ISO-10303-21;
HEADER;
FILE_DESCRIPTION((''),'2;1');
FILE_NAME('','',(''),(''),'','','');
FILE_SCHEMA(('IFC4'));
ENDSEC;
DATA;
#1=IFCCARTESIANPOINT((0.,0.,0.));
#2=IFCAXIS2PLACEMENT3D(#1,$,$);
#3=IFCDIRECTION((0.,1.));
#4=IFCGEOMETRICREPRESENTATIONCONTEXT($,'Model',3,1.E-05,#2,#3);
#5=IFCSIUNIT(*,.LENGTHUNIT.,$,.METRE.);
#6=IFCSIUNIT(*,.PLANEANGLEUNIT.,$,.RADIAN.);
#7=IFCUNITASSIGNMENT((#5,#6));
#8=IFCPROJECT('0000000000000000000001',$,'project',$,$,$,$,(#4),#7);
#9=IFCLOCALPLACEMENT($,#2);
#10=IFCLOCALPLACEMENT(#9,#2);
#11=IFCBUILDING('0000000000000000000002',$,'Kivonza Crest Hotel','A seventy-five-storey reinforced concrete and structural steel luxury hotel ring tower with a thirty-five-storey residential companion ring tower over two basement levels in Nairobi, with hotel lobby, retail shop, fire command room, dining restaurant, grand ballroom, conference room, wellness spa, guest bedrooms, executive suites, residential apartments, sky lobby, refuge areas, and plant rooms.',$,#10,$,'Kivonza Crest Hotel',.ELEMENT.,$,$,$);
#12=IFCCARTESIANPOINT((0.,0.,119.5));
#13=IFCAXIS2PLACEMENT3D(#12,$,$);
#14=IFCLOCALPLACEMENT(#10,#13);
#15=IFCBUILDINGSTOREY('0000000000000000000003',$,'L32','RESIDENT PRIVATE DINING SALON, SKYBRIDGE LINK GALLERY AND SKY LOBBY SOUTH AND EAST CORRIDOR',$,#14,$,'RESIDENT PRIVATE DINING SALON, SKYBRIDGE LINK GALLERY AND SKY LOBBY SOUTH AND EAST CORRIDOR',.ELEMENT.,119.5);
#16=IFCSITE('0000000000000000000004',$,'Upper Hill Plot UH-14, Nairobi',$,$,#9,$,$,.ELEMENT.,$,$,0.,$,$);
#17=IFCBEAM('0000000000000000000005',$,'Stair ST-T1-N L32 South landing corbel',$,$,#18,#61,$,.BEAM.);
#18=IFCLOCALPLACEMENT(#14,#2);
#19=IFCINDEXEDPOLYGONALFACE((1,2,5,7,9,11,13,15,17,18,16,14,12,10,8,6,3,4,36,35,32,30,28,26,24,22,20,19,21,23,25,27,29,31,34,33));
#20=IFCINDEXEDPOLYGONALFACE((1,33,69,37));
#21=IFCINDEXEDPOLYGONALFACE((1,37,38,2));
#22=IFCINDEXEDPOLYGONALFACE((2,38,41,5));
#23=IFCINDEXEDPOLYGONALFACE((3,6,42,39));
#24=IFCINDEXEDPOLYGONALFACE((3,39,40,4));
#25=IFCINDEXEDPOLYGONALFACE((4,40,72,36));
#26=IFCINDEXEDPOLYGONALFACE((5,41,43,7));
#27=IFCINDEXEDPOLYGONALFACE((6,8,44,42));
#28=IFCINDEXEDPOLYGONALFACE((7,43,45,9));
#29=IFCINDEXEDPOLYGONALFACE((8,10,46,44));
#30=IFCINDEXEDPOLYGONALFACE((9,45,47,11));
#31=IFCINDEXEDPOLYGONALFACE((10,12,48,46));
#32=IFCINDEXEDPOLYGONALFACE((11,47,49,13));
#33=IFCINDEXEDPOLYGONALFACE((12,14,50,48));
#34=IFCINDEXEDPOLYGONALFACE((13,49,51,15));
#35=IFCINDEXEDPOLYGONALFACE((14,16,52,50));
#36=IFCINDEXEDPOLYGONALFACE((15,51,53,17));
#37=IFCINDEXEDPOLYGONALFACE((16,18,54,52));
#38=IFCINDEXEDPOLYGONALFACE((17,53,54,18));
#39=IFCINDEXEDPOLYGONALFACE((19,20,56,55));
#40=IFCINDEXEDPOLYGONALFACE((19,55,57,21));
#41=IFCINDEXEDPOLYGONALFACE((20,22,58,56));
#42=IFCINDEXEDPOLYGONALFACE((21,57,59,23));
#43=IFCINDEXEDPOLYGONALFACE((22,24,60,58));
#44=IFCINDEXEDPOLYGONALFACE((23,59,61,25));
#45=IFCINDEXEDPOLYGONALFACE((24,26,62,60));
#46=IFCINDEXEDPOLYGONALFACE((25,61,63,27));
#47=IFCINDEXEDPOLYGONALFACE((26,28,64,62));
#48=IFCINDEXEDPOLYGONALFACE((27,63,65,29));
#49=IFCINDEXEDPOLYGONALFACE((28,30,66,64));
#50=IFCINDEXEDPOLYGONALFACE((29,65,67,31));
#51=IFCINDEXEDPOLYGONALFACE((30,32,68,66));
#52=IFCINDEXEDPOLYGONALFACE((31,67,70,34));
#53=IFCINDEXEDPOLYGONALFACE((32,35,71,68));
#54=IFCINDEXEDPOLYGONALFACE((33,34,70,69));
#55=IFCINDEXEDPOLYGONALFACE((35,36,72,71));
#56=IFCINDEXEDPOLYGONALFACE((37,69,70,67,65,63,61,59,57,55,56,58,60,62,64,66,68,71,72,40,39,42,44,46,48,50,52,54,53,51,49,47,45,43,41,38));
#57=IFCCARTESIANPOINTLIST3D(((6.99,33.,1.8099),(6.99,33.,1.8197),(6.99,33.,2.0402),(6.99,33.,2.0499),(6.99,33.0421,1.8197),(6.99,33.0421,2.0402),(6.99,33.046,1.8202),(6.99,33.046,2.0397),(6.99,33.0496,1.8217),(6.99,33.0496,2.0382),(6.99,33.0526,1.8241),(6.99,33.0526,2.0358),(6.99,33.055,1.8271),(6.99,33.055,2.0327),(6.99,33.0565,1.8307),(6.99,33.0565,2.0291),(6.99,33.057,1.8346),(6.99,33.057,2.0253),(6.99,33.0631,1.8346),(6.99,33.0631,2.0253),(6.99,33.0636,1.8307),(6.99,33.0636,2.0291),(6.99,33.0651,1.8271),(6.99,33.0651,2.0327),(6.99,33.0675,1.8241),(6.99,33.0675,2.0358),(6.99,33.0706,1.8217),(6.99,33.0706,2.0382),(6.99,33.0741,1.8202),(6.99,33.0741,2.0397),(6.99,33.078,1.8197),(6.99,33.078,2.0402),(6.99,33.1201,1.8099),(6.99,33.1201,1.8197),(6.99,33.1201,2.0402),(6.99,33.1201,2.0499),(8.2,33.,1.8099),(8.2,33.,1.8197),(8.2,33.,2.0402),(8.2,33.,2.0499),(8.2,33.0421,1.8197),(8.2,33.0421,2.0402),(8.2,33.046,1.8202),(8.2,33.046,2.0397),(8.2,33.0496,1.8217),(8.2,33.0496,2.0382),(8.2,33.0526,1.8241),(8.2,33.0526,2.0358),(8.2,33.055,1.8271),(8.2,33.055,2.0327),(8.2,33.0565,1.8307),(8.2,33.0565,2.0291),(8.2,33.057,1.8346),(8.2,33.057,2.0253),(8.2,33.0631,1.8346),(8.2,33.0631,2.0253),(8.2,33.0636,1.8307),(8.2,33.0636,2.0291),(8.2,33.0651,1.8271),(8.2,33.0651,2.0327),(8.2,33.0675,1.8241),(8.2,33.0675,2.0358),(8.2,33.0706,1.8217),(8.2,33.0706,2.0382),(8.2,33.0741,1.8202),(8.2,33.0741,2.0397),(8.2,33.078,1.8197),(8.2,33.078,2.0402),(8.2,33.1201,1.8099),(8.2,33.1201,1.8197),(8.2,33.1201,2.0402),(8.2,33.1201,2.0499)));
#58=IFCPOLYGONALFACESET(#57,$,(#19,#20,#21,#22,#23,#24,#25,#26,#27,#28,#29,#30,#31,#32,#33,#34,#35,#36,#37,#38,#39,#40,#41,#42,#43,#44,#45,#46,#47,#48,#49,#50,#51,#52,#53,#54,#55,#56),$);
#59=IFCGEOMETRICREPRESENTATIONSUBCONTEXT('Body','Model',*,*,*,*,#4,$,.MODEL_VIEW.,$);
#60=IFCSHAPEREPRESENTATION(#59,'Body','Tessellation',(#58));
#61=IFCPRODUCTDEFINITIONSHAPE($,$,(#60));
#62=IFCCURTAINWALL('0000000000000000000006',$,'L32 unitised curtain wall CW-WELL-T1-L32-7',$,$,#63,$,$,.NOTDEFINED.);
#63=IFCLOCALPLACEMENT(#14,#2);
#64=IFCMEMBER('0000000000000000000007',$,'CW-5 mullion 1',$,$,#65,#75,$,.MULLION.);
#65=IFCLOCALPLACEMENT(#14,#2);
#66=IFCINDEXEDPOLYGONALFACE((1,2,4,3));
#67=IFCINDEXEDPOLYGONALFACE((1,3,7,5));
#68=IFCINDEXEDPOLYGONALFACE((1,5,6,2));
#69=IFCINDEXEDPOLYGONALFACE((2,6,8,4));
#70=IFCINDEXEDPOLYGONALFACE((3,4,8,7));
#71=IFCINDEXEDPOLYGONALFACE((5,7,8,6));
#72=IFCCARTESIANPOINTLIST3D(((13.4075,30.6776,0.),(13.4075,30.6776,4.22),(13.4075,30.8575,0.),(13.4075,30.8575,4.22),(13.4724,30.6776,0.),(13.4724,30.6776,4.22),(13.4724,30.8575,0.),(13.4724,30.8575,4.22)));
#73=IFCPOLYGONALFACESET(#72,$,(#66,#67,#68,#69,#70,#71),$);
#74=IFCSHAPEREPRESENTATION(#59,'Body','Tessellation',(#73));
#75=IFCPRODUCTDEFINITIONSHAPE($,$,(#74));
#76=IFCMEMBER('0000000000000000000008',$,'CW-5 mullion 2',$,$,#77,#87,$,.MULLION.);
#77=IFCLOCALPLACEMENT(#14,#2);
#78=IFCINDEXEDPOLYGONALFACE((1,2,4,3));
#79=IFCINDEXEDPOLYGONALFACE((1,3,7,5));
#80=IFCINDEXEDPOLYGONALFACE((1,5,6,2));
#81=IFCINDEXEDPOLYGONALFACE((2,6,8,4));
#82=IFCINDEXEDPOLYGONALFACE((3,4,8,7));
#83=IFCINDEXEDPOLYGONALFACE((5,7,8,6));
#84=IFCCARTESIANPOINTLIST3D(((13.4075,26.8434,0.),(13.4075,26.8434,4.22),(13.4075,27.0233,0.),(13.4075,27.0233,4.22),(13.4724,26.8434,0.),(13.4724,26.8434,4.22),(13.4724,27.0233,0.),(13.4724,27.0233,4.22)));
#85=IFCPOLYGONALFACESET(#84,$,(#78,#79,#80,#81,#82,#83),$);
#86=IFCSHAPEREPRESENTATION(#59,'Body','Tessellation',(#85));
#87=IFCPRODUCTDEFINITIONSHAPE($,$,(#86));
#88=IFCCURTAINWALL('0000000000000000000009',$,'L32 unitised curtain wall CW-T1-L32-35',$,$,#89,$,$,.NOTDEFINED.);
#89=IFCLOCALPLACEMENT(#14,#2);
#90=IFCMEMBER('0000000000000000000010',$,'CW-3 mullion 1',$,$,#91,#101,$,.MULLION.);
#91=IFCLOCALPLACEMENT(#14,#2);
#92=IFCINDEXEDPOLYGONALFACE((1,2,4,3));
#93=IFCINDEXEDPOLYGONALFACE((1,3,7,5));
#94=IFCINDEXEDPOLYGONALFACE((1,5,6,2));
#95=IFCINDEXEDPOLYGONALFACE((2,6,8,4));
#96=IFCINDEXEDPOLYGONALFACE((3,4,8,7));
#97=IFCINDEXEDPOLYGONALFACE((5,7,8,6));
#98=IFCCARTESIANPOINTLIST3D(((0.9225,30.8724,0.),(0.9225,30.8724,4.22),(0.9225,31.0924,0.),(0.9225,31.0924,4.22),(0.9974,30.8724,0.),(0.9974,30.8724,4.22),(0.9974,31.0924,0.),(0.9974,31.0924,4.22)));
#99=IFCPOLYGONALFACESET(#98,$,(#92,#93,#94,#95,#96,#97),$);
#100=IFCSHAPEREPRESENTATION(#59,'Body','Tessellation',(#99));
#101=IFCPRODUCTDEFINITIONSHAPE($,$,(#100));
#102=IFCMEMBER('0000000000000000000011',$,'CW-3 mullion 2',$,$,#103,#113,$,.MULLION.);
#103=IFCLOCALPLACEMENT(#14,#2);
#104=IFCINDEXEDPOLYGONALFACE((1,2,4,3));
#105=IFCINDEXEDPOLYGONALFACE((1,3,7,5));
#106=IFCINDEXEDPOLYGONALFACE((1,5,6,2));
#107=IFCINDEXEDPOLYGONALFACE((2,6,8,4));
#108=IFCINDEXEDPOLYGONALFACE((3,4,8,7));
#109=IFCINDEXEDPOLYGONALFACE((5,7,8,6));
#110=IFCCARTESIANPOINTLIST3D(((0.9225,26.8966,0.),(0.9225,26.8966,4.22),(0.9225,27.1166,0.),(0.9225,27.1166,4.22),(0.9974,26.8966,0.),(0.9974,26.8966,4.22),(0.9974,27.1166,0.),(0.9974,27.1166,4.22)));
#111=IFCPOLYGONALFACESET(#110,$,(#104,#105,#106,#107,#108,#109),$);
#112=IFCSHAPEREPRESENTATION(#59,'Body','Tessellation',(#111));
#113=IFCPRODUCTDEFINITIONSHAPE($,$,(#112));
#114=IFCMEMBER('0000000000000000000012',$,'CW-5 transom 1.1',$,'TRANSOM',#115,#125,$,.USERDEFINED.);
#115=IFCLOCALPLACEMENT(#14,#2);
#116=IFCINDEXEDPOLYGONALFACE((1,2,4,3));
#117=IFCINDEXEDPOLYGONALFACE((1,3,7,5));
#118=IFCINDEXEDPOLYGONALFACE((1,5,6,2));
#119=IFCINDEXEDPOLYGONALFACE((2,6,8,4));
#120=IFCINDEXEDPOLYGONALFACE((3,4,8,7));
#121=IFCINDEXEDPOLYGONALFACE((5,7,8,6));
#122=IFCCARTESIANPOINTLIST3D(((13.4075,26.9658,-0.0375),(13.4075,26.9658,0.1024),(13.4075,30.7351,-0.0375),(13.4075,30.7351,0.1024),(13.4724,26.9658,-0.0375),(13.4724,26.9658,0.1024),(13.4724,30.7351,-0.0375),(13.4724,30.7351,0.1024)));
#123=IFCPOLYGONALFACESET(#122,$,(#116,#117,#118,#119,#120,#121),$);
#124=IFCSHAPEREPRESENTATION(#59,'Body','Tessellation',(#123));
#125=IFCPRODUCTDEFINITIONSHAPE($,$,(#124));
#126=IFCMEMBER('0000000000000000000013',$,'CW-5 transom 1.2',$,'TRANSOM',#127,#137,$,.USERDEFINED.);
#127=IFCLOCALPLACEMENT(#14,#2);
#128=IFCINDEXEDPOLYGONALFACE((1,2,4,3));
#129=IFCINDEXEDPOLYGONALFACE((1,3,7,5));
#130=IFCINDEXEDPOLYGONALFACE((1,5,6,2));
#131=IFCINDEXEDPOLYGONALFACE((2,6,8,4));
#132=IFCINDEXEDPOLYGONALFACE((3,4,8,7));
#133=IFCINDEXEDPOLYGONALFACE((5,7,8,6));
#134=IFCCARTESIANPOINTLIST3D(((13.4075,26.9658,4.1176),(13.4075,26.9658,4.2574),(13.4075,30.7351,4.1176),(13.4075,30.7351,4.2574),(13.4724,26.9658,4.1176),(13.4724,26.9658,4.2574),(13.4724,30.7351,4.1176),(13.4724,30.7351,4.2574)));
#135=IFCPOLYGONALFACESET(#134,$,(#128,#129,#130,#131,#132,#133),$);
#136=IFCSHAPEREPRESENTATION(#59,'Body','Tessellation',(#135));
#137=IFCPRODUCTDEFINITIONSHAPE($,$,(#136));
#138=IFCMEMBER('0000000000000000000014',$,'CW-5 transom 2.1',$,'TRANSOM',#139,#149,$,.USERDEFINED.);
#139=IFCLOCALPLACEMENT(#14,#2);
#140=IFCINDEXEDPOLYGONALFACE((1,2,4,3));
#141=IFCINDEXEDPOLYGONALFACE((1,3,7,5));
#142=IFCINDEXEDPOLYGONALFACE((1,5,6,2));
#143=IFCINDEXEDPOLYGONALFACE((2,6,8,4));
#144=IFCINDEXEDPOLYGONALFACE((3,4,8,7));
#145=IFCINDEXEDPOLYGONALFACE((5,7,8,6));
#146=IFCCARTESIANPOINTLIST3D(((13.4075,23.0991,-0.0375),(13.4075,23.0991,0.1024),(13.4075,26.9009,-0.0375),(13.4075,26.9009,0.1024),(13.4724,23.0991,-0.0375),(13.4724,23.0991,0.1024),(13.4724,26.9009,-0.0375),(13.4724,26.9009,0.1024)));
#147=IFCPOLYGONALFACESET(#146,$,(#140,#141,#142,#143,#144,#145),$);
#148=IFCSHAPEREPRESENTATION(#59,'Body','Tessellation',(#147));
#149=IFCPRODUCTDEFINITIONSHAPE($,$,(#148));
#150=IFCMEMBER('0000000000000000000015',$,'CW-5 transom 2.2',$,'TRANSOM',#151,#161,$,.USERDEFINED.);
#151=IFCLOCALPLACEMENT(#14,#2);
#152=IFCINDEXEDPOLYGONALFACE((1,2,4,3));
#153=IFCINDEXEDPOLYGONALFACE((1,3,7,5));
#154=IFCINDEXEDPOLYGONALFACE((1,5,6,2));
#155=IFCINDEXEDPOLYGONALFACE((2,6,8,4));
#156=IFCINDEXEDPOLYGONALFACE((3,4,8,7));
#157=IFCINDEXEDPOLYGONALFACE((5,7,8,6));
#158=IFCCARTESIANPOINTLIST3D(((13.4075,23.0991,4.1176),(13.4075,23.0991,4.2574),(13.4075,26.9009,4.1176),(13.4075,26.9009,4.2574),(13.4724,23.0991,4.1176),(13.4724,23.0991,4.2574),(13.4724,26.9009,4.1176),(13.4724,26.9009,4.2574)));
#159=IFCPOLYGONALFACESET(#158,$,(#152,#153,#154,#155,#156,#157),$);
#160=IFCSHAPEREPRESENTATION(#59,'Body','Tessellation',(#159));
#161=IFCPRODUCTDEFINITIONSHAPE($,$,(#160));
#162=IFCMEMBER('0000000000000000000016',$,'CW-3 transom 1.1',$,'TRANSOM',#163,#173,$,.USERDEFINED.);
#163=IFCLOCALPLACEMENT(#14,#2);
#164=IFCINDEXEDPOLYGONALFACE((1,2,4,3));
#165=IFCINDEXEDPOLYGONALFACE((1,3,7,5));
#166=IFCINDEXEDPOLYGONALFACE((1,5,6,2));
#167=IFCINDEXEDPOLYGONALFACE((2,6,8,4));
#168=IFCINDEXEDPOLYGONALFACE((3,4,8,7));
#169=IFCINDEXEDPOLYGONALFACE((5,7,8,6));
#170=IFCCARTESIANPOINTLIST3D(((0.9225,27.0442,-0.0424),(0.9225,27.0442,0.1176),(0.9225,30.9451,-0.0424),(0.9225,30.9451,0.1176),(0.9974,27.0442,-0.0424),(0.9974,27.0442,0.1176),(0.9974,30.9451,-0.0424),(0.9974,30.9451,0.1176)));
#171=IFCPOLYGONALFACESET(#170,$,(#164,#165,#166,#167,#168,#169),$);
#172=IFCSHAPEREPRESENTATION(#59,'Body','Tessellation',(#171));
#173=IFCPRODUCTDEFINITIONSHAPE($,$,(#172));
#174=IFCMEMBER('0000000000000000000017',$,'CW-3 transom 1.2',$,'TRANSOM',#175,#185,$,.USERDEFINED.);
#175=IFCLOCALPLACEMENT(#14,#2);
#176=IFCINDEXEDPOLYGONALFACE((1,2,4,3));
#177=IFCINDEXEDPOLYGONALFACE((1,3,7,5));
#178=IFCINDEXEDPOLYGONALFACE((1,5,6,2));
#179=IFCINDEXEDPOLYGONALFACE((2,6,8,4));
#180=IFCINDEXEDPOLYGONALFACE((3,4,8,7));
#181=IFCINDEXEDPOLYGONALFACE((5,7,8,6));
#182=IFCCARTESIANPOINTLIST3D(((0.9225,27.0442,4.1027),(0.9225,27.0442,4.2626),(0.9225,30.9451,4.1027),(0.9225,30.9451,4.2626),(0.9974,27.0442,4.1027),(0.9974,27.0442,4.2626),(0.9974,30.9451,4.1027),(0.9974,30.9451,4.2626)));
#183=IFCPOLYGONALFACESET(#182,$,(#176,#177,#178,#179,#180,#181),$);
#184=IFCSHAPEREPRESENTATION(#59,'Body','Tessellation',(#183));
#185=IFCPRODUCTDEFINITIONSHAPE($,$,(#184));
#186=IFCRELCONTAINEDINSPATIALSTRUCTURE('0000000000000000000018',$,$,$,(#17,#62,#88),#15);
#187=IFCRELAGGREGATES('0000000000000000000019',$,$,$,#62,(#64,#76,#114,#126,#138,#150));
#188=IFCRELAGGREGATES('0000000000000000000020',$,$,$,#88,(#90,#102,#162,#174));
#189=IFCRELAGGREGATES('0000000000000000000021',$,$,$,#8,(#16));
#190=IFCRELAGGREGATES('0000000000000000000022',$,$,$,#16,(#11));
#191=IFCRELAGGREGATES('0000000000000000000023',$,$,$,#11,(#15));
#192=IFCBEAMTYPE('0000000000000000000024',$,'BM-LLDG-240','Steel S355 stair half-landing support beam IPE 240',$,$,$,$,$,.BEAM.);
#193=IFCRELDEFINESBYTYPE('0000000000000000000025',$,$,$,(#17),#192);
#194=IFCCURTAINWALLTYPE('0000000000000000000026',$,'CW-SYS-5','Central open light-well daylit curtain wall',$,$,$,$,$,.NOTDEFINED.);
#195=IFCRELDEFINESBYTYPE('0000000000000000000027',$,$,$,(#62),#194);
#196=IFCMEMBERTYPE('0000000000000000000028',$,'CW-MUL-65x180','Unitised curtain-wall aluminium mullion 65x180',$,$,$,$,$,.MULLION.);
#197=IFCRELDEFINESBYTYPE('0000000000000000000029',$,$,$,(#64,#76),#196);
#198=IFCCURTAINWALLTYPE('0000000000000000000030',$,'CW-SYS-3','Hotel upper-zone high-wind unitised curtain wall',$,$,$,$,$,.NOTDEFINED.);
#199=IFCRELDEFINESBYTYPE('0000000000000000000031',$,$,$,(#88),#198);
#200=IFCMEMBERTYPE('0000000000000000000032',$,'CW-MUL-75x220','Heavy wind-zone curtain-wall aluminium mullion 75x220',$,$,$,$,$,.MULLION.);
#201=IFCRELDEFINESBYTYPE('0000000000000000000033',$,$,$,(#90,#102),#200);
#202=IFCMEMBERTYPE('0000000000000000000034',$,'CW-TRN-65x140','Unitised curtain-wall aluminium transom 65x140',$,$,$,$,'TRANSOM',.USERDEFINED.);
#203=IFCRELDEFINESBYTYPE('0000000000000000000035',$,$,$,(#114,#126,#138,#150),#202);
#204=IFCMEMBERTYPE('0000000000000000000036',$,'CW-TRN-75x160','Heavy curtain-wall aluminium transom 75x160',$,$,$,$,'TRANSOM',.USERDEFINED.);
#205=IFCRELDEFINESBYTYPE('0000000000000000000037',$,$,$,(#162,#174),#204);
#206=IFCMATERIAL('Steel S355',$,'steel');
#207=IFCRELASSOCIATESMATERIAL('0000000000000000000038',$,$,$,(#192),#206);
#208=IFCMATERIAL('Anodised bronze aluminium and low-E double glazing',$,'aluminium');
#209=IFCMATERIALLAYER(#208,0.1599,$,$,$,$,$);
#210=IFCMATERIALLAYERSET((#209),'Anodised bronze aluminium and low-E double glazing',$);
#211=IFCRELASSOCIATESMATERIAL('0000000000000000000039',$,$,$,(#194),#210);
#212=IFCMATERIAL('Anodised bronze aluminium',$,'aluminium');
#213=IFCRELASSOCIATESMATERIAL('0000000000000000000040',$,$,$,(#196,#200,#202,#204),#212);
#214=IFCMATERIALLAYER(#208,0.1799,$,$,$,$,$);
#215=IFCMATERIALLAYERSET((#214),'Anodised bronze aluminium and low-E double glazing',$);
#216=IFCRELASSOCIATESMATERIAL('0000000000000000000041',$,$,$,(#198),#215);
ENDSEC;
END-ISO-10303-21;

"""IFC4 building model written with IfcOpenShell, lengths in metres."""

from ifc_helpers import new_model, si_unit, direction, frame, origin, origin_2d, place, context, subcontext, project, spatial, rectangle, i_section, extrude, material, layer, layer_set, material_profile, profile_set, type_object, element, aggregate, save


model = new_model("IFC4")

# Units and contexts
model_context = context("Model", 3, precision=1e-05, world=origin(), true_north=direction((0.0, 1.0)))
body_context = subcontext(model_context, "Body", "Model", "MODEL_VIEW")
ifc_project = project(units=[si_unit("LENGTHUNIT", "METRE"), si_unit("PLANEANGLEUNIT", "RADIAN")], contexts=[model_context])

# Site, building, storey
site_placement = place(None, origin())
site = spatial("IfcSite", under=ifc_project, at=site_placement, Name="Upper Hill Plot UH-14, Nairobi", CompositionType="ELEMENT", RefElevation=0.0)
building_placement = place(site_placement, origin())
building = spatial("IfcBuilding", under=site, at=building_placement, Name="Kivonza Crest Hotel", Description="A seventy-five-storey reinforced concrete and structural steel luxury hotel ring tower with a thirty-five-storey residential companion ring tower over two basement levels in Nairobi, with hotel lobby, retail shop, fire command room, dining restaurant, grand ballroom, conference room, wellness spa, guest bedrooms, executive suites, residential apartments, sky lobby, refuge areas, and plant rooms.", LongName="Kivonza Crest Hotel", CompositionType="ELEMENT")
storey_placement = place(building_placement, frame((0.0, 0.0, 119.5)))
storey = spatial("IfcBuildingStorey", under=building, at=storey_placement, Name="L32", Description="RESIDENT PRIVATE DINING SALON, SKYBRIDGE LINK GALLERY AND SKY LOBBY SOUTH AND EAST CORRIDOR", LongName="RESIDENT PRIVATE DINING SALON, SKYBRIDGE LINK GALLERY AND SKY LOBBY SOUTH AND EAST CORRIDOR", CompositionType="ELEMENT", Elevation=119.5)

# Beam
ifc_material_1 = material(Name="Steel S355", Category="steel")
ifc_material_profile_1 = material_profile(ifc_material_1, i_section(OverallWidth=0.1201, OverallDepth=0.24, WebThickness=0.0061, FlangeThickness=0.0098, FilletRadius=0.0149, at=origin_2d()), Name="IPE 240")
ifc_profile_set_1 = profile_set([ifc_material_profile_1], Name="Steel S355")
beam_type_1 = type_object("IfcBeamType", Name="BM-LLDG-240", Description="Steel S355 stair half-landing support beam IPE 240", PredefinedType="BEAM", material=ifc_profile_set_1)
beam_1_placement = place(storey_placement, frame((6.99, 33.0601, 1.9299), z_axis=(1.0, 0.0, 0.0), x_axis=(0.0, 1.0, 0.0)))
element("IfcBeam", 1, at=beam_1_placement, inside=storey, type_object=beam_type_1, Name="Stair ST-T1-N L32 South landing corbel", PredefinedType="BEAM", context=body_context, shape_type="SweptSolid", body=[
    extrude(i_section(OverallWidth=0.1201, OverallDepth=0.24, WebThickness=0.0061, FlangeThickness=0.0098, FilletRadius=0.0149, at=origin_2d()), origin(), (0.0, 0.0, 1.0), 1.21),
])

# Curtain walls, members
ifc_material_2 = material(Name="Anodised bronze aluminium and low-E double glazing", Category="aluminium")
ifc_layer_1 = layer(ifc_material_2, 0.1599)
ifc_layer_set_1 = layer_set([ifc_layer_1], Name="Anodised bronze aluminium and low-E double glazing")
curtain_wall_type_1 = type_object("IfcCurtainWallType", Name="CW-SYS-5", Description="Central open light-well daylit curtain wall", PredefinedType="NOTDEFINED", material=ifc_layer_set_1)
curtain_wall_1_placement = place(storey_placement, origin())
curtain_wall_1 = element("IfcCurtainWall", 2, at=curtain_wall_1_placement, inside=storey, type_object=curtain_wall_type_1, Name="L32 unitised curtain wall CW-WELL-T1-L32-7", PredefinedType="NOTDEFINED")
ifc_material_3 = material(Name="Anodised bronze aluminium", Category="aluminium")
ifc_material_profile_2 = material_profile(ifc_material_3, rectangle(XDim=0.0649, YDim=0.1799, at=origin_2d()), Name="CW-M 65x180")
ifc_profile_set_2 = profile_set([ifc_material_profile_2], Name="Anodised bronze aluminium")
member_type_1 = type_object("IfcMemberType", Name="CW-MUL-65x180", Description="Unitised curtain-wall aluminium mullion 65x180", PredefinedType="MULLION", material=ifc_profile_set_2)
member_1_placement = place(storey_placement, frame((13.4399, 30.7676, 0.0), z_axis=(0.0, 0.0, 1.0), x_axis=(1.0, 0.0, 0.0)))
member_1 = element("IfcMember", 3, at=member_1_placement, type_object=member_type_1, Name="CW-5 mullion 1", PredefinedType="MULLION", context=body_context, shape_type="SweptSolid", body=[
    extrude(rectangle(XDim=0.0649, YDim=0.1799, at=origin_2d()), origin(), (0.0, 0.0, 1.0), 4.22),
])
member_2_placement = place(storey_placement, frame((13.4399, 26.9333, 0.0), z_axis=(0.0, 0.0, 1.0), x_axis=(1.0, 0.0, 0.0)))
member_2 = element("IfcMember", 4, at=member_2_placement, type_object=member_type_1, Name="CW-5 mullion 2", PredefinedType="MULLION", context=body_context, shape_type="SweptSolid", body=[
    extrude(rectangle(XDim=0.0649, YDim=0.1799, at=origin_2d()), origin(), (0.0, 0.0, 1.0), 4.22),
])
ifc_layer_2 = layer(ifc_material_2, 0.1799)
ifc_layer_set_2 = layer_set([ifc_layer_2], Name="Anodised bronze aluminium and low-E double glazing")
curtain_wall_type_2 = type_object("IfcCurtainWallType", Name="CW-SYS-3", Description="Hotel upper-zone high-wind unitised curtain wall", PredefinedType="NOTDEFINED", material=ifc_layer_set_2)
curtain_wall_2_placement = place(storey_placement, origin())
curtain_wall_2 = element("IfcCurtainWall", 5, at=curtain_wall_2_placement, inside=storey, type_object=curtain_wall_type_2, Name="L32 unitised curtain wall CW-T1-L32-35", PredefinedType="NOTDEFINED")
ifc_material_profile_3 = material_profile(ifc_material_3, rectangle(XDim=0.075, YDim=0.22, at=origin_2d()), Name="CW-M 75x220")
ifc_profile_set_3 = profile_set([ifc_material_profile_3], Name="Anodised bronze aluminium")
member_type_2 = type_object("IfcMemberType", Name="CW-MUL-75x220", Description="Heavy wind-zone curtain-wall aluminium mullion 75x220", PredefinedType="MULLION", material=ifc_profile_set_3)
member_3_placement = place(storey_placement, frame((0.96, 30.9824, 0.0), z_axis=(0.0, 0.0, 1.0), x_axis=(1.0, 0.0, 0.0)))
member_3 = element("IfcMember", 6, at=member_3_placement, type_object=member_type_2, Name="CW-3 mullion 1", PredefinedType="MULLION", context=body_context, shape_type="SweptSolid", body=[
    extrude(rectangle(XDim=0.075, YDim=0.22, at=origin_2d()), origin(), (0.0, 0.0, 1.0), 4.22),
])
member_4_placement = place(storey_placement, frame((0.96, 27.0066, 0.0), z_axis=(0.0, 0.0, 1.0), x_axis=(1.0, 0.0, 0.0)))
member_4 = element("IfcMember", 7, at=member_4_placement, type_object=member_type_2, Name="CW-3 mullion 2", PredefinedType="MULLION", context=body_context, shape_type="SweptSolid", body=[
    extrude(rectangle(XDim=0.075, YDim=0.22, at=origin_2d()), origin(), (0.0, 0.0, 1.0), 4.22),
])

# Members
ifc_material_profile_4 = material_profile(ifc_material_3, rectangle(XDim=0.0649, YDim=0.1399, at=origin_2d()), Name="CW-T 65x140")
ifc_profile_set_4 = profile_set([ifc_material_profile_4], Name="Anodised bronze aluminium")
member_type_3 = type_object("IfcMemberType", Name="CW-TRN-65x140", Description="Unitised curtain-wall aluminium transom 65x140", ElementType="TRANSOM", PredefinedType="USERDEFINED", material=ifc_profile_set_4)
member_5_placement = place(storey_placement, frame((13.4399, 30.7351, 0.0325), z_axis=(0.0, -1.0, 0.0), x_axis=(1.0, 0.0, 0.0)))
member_5 = element("IfcMember", 8, at=member_5_placement, type_object=member_type_3, Name="CW-5 transom 1.1", ObjectType="TRANSOM", PredefinedType="USERDEFINED", context=body_context, shape_type="SweptSolid", body=[
    extrude(rectangle(XDim=0.0649, YDim=0.1399, at=origin_2d()), origin(), (0.0, 0.0, 1.0), 3.7693),
])
member_6_placement = place(storey_placement, frame((13.4399, 30.7351, 4.1875), z_axis=(0.0, -1.0, 0.0), x_axis=(1.0, 0.0, 0.0)))
member_6 = element("IfcMember", 9, at=member_6_placement, type_object=member_type_3, Name="CW-5 transom 1.2", ObjectType="TRANSOM", PredefinedType="USERDEFINED", context=body_context, shape_type="SweptSolid", body=[
    extrude(rectangle(XDim=0.0649, YDim=0.1399, at=origin_2d()), origin(), (0.0, 0.0, 1.0), 3.7693),
])
member_7_placement = place(storey_placement, frame((13.4399, 26.9009, 0.0325), z_axis=(0.0, -1.0, 0.0), x_axis=(1.0, 0.0, 0.0)))
member_7 = element("IfcMember", 10, at=member_7_placement, type_object=member_type_3, Name="CW-5 transom 2.1", ObjectType="TRANSOM", PredefinedType="USERDEFINED", context=body_context, shape_type="SweptSolid", body=[
    extrude(rectangle(XDim=0.0649, YDim=0.1399, at=origin_2d()), origin(), (0.0, 0.0, 1.0), 3.8018),
])
member_8_placement = place(storey_placement, frame((13.4399, 26.9009, 4.1875), z_axis=(0.0, -1.0, 0.0), x_axis=(1.0, 0.0, 0.0)))
member_8 = element("IfcMember", 11, at=member_8_placement, type_object=member_type_3, Name="CW-5 transom 2.2", ObjectType="TRANSOM", PredefinedType="USERDEFINED", context=body_context, shape_type="SweptSolid", body=[
    extrude(rectangle(XDim=0.0649, YDim=0.1399, at=origin_2d()), origin(), (0.0, 0.0, 1.0), 3.8018),
])
ifc_material_profile_5 = material_profile(ifc_material_3, rectangle(XDim=0.075, YDim=0.1599, at=origin_2d()), Name="CW-T 75x160")
ifc_profile_set_5 = profile_set([ifc_material_profile_5], Name="Anodised bronze aluminium")
member_type_4 = type_object("IfcMemberType", Name="CW-TRN-75x160", Description="Heavy curtain-wall aluminium transom 75x160", ElementType="TRANSOM", PredefinedType="USERDEFINED", material=ifc_profile_set_5)
member_9_placement = place(storey_placement, frame((0.96, 30.9451, 0.0376), z_axis=(0.0, -1.0, 0.0), x_axis=(1.0, 0.0, 0.0)))
member_9 = element("IfcMember", 12, at=member_9_placement, type_object=member_type_4, Name="CW-3 transom 1.1", ObjectType="TRANSOM", PredefinedType="USERDEFINED", context=body_context, shape_type="SweptSolid", body=[
    extrude(rectangle(XDim=0.075, YDim=0.1599, at=origin_2d()), origin(), (0.0, 0.0, 1.0), 3.9009),
])
member_10_placement = place(storey_placement, frame((0.96, 30.9451, 4.1826), z_axis=(0.0, -1.0, 0.0), x_axis=(1.0, 0.0, 0.0)))
member_10 = element("IfcMember", 13, at=member_10_placement, type_object=member_type_4, Name="CW-3 transom 1.2", ObjectType="TRANSOM", PredefinedType="USERDEFINED", context=body_context, shape_type="SweptSolid", body=[
    extrude(rectangle(XDim=0.075, YDim=0.1599, at=origin_2d()), origin(), (0.0, 0.0, 1.0), 3.9009),
])

aggregate(curtain_wall_1, [member_1, member_2, member_5, member_6, member_7, member_8])
aggregate(curtain_wall_2, [member_3, member_4, member_9, member_10])

save(model, "model.ifc")
